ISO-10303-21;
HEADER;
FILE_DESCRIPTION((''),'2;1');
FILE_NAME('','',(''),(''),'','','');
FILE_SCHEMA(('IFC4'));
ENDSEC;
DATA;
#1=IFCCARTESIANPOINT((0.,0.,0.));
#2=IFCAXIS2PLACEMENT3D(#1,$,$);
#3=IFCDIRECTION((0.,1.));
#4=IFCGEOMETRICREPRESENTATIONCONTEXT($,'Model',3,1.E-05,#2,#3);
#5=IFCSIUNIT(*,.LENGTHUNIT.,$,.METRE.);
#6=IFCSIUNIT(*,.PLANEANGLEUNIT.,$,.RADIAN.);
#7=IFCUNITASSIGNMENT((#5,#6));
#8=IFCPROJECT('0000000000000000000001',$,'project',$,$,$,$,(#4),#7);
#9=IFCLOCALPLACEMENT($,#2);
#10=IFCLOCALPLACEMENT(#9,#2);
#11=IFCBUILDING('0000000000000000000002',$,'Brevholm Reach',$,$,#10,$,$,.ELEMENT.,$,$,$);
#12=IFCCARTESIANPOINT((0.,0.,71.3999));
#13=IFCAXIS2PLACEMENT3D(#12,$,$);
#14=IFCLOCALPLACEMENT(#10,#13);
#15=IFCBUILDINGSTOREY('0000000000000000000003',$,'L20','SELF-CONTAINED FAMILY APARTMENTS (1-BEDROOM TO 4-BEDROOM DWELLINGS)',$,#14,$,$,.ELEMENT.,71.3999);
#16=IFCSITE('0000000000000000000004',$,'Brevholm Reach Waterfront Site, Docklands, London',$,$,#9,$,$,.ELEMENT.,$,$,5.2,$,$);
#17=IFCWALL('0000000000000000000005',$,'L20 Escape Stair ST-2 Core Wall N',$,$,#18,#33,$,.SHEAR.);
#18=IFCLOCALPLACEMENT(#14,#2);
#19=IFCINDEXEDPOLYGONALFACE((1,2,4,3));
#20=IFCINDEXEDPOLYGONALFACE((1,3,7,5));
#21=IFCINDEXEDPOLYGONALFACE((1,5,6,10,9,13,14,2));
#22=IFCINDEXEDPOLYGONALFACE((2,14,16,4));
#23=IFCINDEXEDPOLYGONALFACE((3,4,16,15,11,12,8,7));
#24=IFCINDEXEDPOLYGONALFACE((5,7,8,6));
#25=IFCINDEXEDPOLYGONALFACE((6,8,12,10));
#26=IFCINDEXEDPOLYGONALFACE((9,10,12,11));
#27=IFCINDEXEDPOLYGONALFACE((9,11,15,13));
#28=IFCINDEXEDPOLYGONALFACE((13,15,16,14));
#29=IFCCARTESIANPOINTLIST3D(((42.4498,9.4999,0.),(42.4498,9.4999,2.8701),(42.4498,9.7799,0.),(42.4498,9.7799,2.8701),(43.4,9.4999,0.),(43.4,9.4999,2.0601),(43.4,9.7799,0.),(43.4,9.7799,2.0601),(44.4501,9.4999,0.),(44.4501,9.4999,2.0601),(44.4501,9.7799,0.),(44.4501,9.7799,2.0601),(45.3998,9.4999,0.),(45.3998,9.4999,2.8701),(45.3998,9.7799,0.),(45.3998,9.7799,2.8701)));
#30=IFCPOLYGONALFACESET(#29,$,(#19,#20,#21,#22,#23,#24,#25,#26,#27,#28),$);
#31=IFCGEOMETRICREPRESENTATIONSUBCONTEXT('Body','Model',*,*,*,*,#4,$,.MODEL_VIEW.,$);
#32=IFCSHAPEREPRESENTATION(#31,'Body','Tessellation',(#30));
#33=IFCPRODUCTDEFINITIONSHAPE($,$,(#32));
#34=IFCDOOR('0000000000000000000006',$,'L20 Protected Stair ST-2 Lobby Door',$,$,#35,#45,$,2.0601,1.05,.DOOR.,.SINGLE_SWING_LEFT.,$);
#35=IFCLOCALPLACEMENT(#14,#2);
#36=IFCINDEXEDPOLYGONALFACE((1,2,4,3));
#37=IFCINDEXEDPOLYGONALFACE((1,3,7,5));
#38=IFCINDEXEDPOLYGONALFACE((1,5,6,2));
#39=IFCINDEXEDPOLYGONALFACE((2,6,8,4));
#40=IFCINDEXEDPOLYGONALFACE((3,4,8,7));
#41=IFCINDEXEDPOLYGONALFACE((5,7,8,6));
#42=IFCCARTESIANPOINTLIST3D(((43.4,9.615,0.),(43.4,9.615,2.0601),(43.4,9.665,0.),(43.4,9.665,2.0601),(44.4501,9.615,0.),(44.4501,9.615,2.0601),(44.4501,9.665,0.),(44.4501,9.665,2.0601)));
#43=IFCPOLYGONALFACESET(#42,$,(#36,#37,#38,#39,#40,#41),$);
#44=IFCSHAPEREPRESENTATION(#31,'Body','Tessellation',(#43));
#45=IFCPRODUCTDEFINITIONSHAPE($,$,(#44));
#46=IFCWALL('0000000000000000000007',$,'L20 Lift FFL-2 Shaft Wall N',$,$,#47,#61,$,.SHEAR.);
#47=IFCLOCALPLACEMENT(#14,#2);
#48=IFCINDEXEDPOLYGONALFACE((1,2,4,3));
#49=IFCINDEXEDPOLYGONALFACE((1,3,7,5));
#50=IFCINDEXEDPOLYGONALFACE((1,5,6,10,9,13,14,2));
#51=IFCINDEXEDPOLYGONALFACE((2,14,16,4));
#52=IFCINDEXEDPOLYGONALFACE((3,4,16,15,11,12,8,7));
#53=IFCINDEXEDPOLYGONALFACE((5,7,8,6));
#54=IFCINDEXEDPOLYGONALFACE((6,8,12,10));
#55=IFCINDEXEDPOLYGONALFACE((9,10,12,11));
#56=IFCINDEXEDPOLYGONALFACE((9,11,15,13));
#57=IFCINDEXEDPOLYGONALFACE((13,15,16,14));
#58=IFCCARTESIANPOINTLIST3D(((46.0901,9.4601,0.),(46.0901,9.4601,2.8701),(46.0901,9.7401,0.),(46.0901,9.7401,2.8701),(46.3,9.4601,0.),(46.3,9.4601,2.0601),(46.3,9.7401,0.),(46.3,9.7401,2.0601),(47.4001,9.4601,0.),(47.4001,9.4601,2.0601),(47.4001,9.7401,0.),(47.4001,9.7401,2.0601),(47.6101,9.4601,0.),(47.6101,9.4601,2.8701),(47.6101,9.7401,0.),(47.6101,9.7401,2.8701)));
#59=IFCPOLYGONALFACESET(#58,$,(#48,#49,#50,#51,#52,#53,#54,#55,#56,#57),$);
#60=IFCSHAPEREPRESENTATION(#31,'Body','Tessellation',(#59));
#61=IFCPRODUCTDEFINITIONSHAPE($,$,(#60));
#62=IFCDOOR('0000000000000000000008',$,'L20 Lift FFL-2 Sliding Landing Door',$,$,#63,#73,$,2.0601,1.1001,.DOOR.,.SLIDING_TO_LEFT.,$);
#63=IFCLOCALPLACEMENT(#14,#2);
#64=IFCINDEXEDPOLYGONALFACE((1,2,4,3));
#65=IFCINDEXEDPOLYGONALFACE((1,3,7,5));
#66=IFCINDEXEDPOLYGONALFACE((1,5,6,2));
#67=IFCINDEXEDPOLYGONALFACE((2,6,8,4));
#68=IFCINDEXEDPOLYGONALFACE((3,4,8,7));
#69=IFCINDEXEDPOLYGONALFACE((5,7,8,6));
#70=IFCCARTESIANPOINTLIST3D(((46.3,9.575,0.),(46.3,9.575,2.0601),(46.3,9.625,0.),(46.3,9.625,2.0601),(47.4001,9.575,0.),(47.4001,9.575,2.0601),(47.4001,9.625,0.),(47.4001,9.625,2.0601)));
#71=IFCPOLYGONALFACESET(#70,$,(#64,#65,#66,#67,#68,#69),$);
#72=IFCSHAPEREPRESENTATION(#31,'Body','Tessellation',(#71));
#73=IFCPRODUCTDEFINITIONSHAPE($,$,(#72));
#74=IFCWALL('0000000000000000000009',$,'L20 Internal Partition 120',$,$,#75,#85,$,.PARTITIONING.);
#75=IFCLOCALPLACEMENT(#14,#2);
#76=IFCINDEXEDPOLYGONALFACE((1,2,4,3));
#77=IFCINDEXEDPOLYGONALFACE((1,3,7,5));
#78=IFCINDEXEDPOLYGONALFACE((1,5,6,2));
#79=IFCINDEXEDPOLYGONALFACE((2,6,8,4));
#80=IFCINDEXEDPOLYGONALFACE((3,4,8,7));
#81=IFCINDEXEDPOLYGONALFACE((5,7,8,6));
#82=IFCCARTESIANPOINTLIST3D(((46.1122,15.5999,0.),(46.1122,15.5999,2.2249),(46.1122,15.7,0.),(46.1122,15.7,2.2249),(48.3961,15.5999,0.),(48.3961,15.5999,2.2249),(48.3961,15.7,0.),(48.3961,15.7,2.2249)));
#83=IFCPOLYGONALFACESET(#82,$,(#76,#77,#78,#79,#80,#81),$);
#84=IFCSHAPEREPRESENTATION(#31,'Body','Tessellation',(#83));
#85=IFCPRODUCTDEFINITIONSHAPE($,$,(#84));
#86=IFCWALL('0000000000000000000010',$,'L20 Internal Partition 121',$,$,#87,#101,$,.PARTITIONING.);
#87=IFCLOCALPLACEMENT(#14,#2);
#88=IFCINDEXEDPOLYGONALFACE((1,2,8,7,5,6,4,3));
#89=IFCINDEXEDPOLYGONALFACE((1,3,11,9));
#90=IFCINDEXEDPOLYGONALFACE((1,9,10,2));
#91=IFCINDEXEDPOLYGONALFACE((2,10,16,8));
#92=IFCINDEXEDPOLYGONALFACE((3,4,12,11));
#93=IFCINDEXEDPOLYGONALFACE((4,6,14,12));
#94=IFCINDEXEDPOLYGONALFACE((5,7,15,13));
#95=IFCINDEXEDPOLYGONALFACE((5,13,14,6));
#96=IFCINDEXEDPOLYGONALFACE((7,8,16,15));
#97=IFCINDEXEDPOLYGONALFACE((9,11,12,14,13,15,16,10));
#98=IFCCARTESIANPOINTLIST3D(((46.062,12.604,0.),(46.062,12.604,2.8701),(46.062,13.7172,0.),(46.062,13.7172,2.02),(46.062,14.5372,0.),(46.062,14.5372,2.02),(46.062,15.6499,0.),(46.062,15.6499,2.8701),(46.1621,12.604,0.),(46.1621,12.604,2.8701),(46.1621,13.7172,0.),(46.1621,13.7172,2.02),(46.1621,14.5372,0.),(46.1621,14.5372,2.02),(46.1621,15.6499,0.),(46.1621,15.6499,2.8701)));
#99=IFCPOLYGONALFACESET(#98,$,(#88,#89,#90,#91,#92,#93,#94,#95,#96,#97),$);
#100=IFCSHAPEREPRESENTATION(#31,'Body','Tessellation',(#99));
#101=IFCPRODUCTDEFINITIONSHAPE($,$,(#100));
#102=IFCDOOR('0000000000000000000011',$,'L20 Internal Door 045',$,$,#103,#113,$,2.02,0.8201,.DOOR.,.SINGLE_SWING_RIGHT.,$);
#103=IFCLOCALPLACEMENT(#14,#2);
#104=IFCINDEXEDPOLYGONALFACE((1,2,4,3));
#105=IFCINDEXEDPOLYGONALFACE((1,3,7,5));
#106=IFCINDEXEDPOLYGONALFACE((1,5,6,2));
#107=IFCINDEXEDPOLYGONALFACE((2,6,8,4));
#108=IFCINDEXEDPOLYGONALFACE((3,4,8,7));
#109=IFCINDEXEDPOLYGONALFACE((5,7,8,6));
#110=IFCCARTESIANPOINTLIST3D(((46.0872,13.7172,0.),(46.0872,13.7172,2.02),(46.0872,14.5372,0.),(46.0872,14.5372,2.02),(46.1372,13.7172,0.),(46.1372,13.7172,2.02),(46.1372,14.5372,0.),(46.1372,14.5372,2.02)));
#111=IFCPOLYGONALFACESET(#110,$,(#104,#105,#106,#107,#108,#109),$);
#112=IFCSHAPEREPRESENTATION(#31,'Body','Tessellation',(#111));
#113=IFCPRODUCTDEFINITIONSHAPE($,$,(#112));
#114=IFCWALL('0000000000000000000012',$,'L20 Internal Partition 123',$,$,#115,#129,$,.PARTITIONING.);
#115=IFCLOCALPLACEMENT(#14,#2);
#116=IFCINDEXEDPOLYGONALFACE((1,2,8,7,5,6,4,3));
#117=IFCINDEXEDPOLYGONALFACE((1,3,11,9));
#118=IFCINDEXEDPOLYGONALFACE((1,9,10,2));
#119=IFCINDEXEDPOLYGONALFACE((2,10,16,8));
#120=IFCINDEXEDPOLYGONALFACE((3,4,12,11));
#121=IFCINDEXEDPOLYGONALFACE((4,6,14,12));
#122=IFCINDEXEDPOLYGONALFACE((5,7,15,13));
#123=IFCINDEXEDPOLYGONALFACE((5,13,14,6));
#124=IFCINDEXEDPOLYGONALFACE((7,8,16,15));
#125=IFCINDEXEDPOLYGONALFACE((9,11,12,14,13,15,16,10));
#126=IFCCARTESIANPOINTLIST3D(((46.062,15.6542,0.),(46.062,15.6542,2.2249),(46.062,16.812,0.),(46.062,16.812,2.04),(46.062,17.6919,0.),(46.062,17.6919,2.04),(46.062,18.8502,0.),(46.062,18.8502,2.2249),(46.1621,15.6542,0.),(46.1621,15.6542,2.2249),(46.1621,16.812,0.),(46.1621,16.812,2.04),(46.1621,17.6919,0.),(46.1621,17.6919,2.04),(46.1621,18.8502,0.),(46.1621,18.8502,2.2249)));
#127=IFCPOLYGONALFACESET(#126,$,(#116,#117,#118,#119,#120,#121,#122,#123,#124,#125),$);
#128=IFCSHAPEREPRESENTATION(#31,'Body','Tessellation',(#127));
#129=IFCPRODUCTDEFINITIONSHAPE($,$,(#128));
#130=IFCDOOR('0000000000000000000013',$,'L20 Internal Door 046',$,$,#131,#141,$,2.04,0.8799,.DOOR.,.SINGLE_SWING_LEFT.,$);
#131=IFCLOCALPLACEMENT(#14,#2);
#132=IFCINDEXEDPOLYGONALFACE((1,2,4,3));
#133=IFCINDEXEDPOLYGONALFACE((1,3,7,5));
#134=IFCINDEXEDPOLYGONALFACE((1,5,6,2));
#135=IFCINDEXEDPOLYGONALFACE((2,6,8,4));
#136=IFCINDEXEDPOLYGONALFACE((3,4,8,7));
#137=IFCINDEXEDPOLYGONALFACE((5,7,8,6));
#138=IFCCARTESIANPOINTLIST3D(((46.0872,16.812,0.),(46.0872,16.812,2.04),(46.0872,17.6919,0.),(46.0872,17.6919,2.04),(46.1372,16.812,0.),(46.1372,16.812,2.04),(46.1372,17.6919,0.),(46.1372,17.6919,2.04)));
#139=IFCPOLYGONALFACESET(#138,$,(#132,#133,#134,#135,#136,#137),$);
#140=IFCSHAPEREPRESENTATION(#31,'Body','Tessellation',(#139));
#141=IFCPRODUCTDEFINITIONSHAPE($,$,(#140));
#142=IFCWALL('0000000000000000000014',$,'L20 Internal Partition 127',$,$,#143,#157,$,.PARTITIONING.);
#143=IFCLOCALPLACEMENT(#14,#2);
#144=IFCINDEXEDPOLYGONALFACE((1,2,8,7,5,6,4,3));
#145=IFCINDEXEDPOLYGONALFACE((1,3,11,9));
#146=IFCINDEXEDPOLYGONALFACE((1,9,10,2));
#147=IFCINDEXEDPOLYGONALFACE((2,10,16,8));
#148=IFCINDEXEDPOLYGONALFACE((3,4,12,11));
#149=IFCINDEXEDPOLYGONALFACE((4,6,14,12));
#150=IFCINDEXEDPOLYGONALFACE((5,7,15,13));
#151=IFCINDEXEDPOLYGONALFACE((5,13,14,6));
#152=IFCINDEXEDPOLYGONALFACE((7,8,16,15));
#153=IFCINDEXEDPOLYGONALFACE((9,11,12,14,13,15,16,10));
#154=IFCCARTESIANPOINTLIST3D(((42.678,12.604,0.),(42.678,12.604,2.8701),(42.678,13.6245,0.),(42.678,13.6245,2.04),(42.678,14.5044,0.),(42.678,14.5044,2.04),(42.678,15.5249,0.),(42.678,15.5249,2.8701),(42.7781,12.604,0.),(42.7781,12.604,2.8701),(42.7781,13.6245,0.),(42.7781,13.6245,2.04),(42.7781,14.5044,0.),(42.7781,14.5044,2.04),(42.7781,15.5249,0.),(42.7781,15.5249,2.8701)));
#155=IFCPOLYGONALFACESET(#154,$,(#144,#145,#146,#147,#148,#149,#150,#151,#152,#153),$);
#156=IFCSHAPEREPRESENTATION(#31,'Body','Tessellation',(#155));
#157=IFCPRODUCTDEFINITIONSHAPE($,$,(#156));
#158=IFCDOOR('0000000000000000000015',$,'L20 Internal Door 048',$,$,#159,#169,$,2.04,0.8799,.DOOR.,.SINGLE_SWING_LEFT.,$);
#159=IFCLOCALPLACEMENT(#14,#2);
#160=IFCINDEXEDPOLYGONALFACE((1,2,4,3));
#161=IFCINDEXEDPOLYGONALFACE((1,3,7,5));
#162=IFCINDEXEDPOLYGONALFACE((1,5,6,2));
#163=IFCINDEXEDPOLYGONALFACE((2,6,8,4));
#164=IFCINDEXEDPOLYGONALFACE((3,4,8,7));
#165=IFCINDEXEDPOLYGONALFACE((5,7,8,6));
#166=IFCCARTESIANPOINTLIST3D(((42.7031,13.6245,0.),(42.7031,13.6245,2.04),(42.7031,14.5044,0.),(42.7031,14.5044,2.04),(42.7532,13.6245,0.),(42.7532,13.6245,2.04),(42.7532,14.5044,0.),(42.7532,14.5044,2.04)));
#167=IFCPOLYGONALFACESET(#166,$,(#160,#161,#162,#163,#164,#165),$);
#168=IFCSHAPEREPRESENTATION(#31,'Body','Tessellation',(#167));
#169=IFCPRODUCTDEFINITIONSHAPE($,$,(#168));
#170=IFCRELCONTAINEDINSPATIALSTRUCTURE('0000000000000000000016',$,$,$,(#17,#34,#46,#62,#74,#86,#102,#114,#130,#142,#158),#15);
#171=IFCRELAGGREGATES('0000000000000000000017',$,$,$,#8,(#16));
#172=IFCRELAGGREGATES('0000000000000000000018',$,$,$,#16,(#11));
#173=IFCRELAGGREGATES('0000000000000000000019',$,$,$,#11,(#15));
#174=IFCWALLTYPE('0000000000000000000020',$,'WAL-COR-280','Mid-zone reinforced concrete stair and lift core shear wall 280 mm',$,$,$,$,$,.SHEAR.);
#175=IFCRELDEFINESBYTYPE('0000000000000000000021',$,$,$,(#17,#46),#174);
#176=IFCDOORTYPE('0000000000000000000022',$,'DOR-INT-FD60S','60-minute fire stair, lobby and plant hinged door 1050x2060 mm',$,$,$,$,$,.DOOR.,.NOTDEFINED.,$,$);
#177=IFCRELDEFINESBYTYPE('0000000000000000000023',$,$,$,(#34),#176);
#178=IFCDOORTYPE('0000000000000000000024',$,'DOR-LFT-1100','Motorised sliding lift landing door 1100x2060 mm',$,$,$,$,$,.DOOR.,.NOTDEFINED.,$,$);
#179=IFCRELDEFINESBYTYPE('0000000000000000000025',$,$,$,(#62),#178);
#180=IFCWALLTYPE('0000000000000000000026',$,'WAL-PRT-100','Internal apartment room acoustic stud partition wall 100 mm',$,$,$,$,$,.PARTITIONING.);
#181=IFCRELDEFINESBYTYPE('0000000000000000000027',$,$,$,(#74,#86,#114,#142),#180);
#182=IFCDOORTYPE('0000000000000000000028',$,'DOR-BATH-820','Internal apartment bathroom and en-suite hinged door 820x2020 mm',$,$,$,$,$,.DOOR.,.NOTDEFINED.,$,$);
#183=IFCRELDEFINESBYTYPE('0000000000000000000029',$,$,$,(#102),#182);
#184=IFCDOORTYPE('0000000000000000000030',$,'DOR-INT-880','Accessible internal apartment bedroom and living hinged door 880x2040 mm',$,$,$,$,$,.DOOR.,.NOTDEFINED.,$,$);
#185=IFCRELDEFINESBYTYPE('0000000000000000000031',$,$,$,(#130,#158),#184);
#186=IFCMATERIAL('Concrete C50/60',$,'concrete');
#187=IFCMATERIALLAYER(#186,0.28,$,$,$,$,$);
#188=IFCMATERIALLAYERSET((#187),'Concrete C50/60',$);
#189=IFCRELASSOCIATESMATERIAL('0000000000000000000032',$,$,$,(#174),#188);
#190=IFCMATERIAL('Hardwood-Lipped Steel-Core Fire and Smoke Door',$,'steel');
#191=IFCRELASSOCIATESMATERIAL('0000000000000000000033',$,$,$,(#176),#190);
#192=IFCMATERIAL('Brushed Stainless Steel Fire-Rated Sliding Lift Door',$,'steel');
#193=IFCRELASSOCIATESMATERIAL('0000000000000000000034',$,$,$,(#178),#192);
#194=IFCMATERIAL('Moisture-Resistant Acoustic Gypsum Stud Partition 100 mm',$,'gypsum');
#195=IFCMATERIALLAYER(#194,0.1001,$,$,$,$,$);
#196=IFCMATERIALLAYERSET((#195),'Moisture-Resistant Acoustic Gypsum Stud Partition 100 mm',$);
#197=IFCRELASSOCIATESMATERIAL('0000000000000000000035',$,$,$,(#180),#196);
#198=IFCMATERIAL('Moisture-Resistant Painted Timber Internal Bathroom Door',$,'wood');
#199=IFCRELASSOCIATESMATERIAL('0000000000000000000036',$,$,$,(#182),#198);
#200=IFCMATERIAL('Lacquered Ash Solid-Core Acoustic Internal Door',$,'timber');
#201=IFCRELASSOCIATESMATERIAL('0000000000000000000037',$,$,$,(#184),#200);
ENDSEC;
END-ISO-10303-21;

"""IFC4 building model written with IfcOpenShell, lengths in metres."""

from ifc_helpers import new_model, si_unit, direction, frame, frame_2d, origin, place, context, subcontext, project, spatial, rectangle, extrude, material, layer, layer_set, type_object, element, fill, save


model = new_model("IFC4")

# Units and contexts
model_context = context("Model", 3, precision=1e-05, world=origin(), true_north=direction((0.0, 1.0)))
body_context = subcontext(model_context, "Body", "Model", "MODEL_VIEW")
ifc_project = project(units=[si_unit("LENGTHUNIT", "METRE"), si_unit("PLANEANGLEUNIT", "RADIAN")], contexts=[model_context])

# Site, building, storey
site_placement = place(None, origin())
site = spatial("IfcSite", under=ifc_project, at=site_placement, Name="Brevholm Reach Waterfront Site, Docklands, London", CompositionType="ELEMENT", RefElevation=5.2)
building_placement = place(site_placement, origin())
building = spatial("IfcBuilding", under=site, at=building_placement, Name="Brevholm Reach", CompositionType="ELEMENT")
storey_placement = place(building_placement, frame((0.0, 0.0, 71.3999)))
storey = spatial("IfcBuildingStorey", under=building, at=storey_placement, Name="L20", Description="SELF-CONTAINED FAMILY APARTMENTS (1-BEDROOM TO 4-BEDROOM DWELLINGS)", CompositionType="ELEMENT", Elevation=71.3999)

# Walls, openings, doors
ifc_material_1 = material(Name="Concrete C50/60", Category="concrete")
ifc_layer_1 = layer(ifc_material_1, 0.28)
ifc_layer_set_1 = layer_set([ifc_layer_1], Name="Concrete C50/60")
wall_type_1 = type_object("IfcWallType", Name="WAL-COR-280", Description="Mid-zone reinforced concrete stair and lift core shear wall 280 mm", PredefinedType="SHEAR", material=ifc_layer_set_1)
wall_1_placement = place(storey_placement, frame((45.3999, 9.6399, 0.0), z_axis=(0.0, 0.0, 1.0), x_axis=(-1.0, 0.0, 0.0)))
wall_1 = element("IfcWall", 1, at=wall_1_placement, inside=storey, type_object=wall_type_1, Name="L20 Escape Stair ST-2 Core Wall N", PredefinedType="SHEAR", context=body_context, shape_type="SweptSolid", body=[
    extrude(rectangle(XDim=2.95, YDim=0.28, at=frame_2d((1.4751, 0.0))), origin(), (0.0, 0.0, 1.0), 2.8701),
])
opening_1_placement = place(wall_1_placement, frame((0.95, 0.0, 0.0)))
opening_1 = element("IfcOpeningElement", 2, at=opening_1_placement, cuts=wall_1, PredefinedType="OPENING", context=body_context, shape_type="SweptSolid", body=[
    extrude(rectangle(XDim=1.05, YDim=2.0601, at=frame_2d((0.5249, 1.03))), frame((0.0, 0.1499, 0.0), z_axis=(0.0, -1.0, 0.0), x_axis=(1.0, 0.0, 0.0)), (0.0, 0.0, 1.0), 0.3),
])
ifc_material_2 = material(Name="Hardwood-Lipped Steel-Core Fire and Smoke Door", Category="steel")
door_type_1 = type_object("IfcDoorType", Name="DOR-INT-FD60S", Description="60-minute fire stair, lobby and plant hinged door 1050x2060 mm", OperationType="NOTDEFINED", PredefinedType="DOOR", material=ifc_material_2)
door_1_placement = place(opening_1_placement, origin())
door_1 = element("IfcDoor", 3, at=door_1_placement, inside=storey, type_object=door_type_1, Name="L20 Protected Stair ST-2 Lobby Door", OperationType="SINGLE_SWING_LEFT", OverallHeight=2.0601, OverallWidth=1.05, PredefinedType="DOOR", context=body_context, shape_type="SweptSolid", body=[
    extrude(rectangle(XDim=1.05, YDim=2.0601, at=frame_2d((0.5249, 1.03))), frame((0.0, 0.0249, 0.0), z_axis=(0.0, -1.0, 0.0), x_axis=(1.0, 0.0, 0.0)), (0.0, 0.0, 1.0), 0.05),
])
fill(opening_1, door_1)
wall_2_placement = place(storey_placement, frame((46.0901, 9.6001, 0.0), z_axis=(0.0, 0.0, 1.0), x_axis=(1.0, 0.0, 0.0)))
wall_2 = element("IfcWall", 4, at=wall_2_placement, inside=storey, type_object=wall_type_1, Name="L20 Lift FFL-2 Shaft Wall N", PredefinedType="SHEAR", context=body_context, shape_type="SweptSolid", body=[
    extrude(rectangle(XDim=1.52, YDim=0.28, at=frame_2d((0.76, 0.0))), origin(), (0.0, 0.0, 1.0), 2.8701),
])
opening_2_placement = place(wall_2_placement, frame((0.21, 0.0, 0.0)))
opening_2 = element("IfcOpeningElement", 5, at=opening_2_placement, cuts=wall_2, PredefinedType="OPENING", context=body_context, shape_type="SweptSolid", body=[
    extrude(rectangle(XDim=1.1001, YDim=2.0601, at=frame_2d((0.55, 1.03))), frame((0.0, 0.1499, 0.0), z_axis=(0.0, -1.0, 0.0), x_axis=(1.0, 0.0, 0.0)), (0.0, 0.0, 1.0), 0.3),
])
ifc_material_3 = material(Name="Brushed Stainless Steel Fire-Rated Sliding Lift Door", Category="steel")
door_type_2 = type_object("IfcDoorType", Name="DOR-LFT-1100", Description="Motorised sliding lift landing door 1100x2060 mm", OperationType="NOTDEFINED", PredefinedType="DOOR", material=ifc_material_3)
door_2_placement = place(opening_2_placement, origin())
door_2 = element("IfcDoor", 6, at=door_2_placement, inside=storey, type_object=door_type_2, Name="L20 Lift FFL-2 Sliding Landing Door", OperationType="SLIDING_TO_LEFT", OverallHeight=2.0601, OverallWidth=1.1001, PredefinedType="DOOR", context=body_context, shape_type="SweptSolid", body=[
    extrude(rectangle(XDim=1.1001, YDim=2.0601, at=frame_2d((0.55, 1.03))), frame((0.0, 0.0249, 0.0), z_axis=(0.0, -1.0, 0.0), x_axis=(1.0, 0.0, 0.0)), (0.0, 0.0, 1.0), 0.05),
])
fill(opening_2, door_2)

# Wall
ifc_material_4 = material(Name="Moisture-Resistant Acoustic Gypsum Stud Partition 100 mm", Category="gypsum")
ifc_layer_2 = layer(ifc_material_4, 0.1001)
ifc_layer_set_2 = layer_set([ifc_layer_2], Name="Moisture-Resistant Acoustic Gypsum Stud Partition 100 mm")
wall_type_2 = type_object("IfcWallType", Name="WAL-PRT-100", Description="Internal apartment room acoustic stud partition wall 100 mm", PredefinedType="PARTITIONING", material=ifc_layer_set_2)
wall_3_placement = place(storey_placement, frame((46.1121, 15.6499, 0.0), z_axis=(0.0, 0.0, 1.0), x_axis=(1.0, 0.0, 0.0)))
element("IfcWall", 7, at=wall_3_placement, inside=storey, type_object=wall_type_2, Name="L20 Internal Partition 120", PredefinedType="PARTITIONING", context=body_context, shape_type="SweptSolid", body=[
    extrude(rectangle(XDim=2.2839, YDim=0.1001, at=frame_2d((1.1421, 0.0))), origin(), (0.0, 0.0, 1.0), 2.2249),
])

# Walls, openings, doors
wall_4_placement = place(storey_placement, frame((46.1121, 12.604, 0.0), z_axis=(0.0, 0.0, 1.0), x_axis=(0.0, 1.0, 0.0)))
wall_4 = element("IfcWall", 8, at=wall_4_placement, inside=storey, type_object=wall_type_2, Name="L20 Internal Partition 121", PredefinedType="PARTITIONING", context=body_context, shape_type="SweptSolid", body=[
    extrude(rectangle(XDim=3.0459, YDim=0.1001, at=frame_2d((1.5229, 0.0))), origin(), (0.0, 0.0, 1.0), 2.8701),
])
opening_3_placement = place(wall_4_placement, frame((1.113, 0.0, 0.0)))
opening_3 = element("IfcOpeningElement", 9, at=opening_3_placement, cuts=wall_4, PredefinedType="OPENING", context=body_context, shape_type="SweptSolid", body=[
    extrude(rectangle(XDim=0.8201, YDim=2.02, at=frame_2d((0.4102, 1.01))), frame((0.0, 0.0601, 0.0), z_axis=(0.0, -1.0, 0.0), x_axis=(1.0, 0.0, 0.0)), (0.0, 0.0, 1.0), 0.1201),
])
ifc_material_5 = material(Name="Moisture-Resistant Painted Timber Internal Bathroom Door", Category="wood")
door_type_3 = type_object("IfcDoorType", Name="DOR-BATH-820", Description="Internal apartment bathroom and en-suite hinged door 820x2020 mm", OperationType="NOTDEFINED", PredefinedType="DOOR", material=ifc_material_5)
door_3_placement = place(opening_3_placement, origin())
door_3 = element("IfcDoor", 10, at=door_3_placement, inside=storey, type_object=door_type_3, Name="L20 Internal Door 045", OperationType="SINGLE_SWING_RIGHT", OverallHeight=2.02, OverallWidth=0.8201, PredefinedType="DOOR", context=body_context, shape_type="SweptSolid", body=[
    extrude(rectangle(XDim=0.8201, YDim=2.02, at=frame_2d((0.4102, 1.01))), frame((0.0, 0.0249, 0.0), z_axis=(0.0, -1.0, 0.0), x_axis=(1.0, 0.0, 0.0)), (0.0, 0.0, 1.0), 0.05),
])
fill(opening_3, door_3)
wall_5_placement = place(storey_placement, frame((46.1121, 15.6541, 0.0), z_axis=(0.0, 0.0, 1.0), x_axis=(0.0, 1.0, 0.0)))
wall_5 = element("IfcWall", 11, at=wall_5_placement, inside=storey, type_object=wall_type_2, Name="L20 Internal Partition 123", PredefinedType="PARTITIONING", context=body_context, shape_type="SweptSolid", body=[
    extrude(rectangle(XDim=3.196, YDim=0.1001, at=frame_2d((1.5981, 0.0))), origin(), (0.0, 0.0, 1.0), 2.2249),
])
opening_4_placement = place(wall_5_placement, frame((1.158, 0.0, 0.0)))
opening_4 = element("IfcOpeningElement", 12, at=opening_4_placement, cuts=wall_5, PredefinedType="OPENING", context=body_context, shape_type="SweptSolid", body=[
    extrude(rectangle(XDim=0.8799, YDim=2.04, at=frame_2d((0.4399, 1.02))), frame((0.0, 0.0601, 0.0), z_axis=(0.0, -1.0, 0.0), x_axis=(1.0, 0.0, 0.0)), (0.0, 0.0, 1.0), 0.1201),
])
ifc_material_6 = material(Name="Lacquered Ash Solid-Core Acoustic Internal Door", Category="timber")
door_type_4 = type_object("IfcDoorType", Name="DOR-INT-880", Description="Accessible internal apartment bedroom and living hinged door 880x2040 mm", OperationType="NOTDEFINED", PredefinedType="DOOR", material=ifc_material_6)
door_4_placement = place(opening_4_placement, origin())
door_4 = element("IfcDoor", 13, at=door_4_placement, inside=storey, type_object=door_type_4, Name="L20 Internal Door 046", OperationType="SINGLE_SWING_LEFT", OverallHeight=2.04, OverallWidth=0.8799, PredefinedType="DOOR", context=body_context, shape_type="SweptSolid", body=[
    extrude(rectangle(XDim=0.8799, YDim=2.04, at=frame_2d((0.4399, 1.02))), frame((0.0, 0.0249, 0.0), z_axis=(0.0, -1.0, 0.0), x_axis=(1.0, 0.0, 0.0)), (0.0, 0.0, 1.0), 0.05),
])
fill(opening_4, door_4)
wall_6_placement = place(storey_placement, frame((42.728, 12.604, 0.0), z_axis=(0.0, 0.0, 1.0), x_axis=(0.0, 1.0, 0.0)))
wall_6 = element("IfcWall", 14, at=wall_6_placement, inside=storey, type_object=wall_type_2, Name="L20 Internal Partition 127", PredefinedType="PARTITIONING", context=body_context, shape_type="SweptSolid", body=[
    extrude(rectangle(XDim=2.9209, YDim=0.1001, at=frame_2d((1.4604, 0.0))), origin(), (0.0, 0.0, 1.0), 2.8701),
])
opening_5_placement = place(wall_6_placement, frame((1.0205, 0.0, 0.0)))
opening_5 = element("IfcOpeningElement", 15, at=opening_5_placement, cuts=wall_6, PredefinedType="OPENING", context=body_context, shape_type="SweptSolid", body=[
    extrude(rectangle(XDim=0.8799, YDim=2.04, at=frame_2d((0.4399, 1.02))), frame((0.0, 0.0601, 0.0), z_axis=(0.0, -1.0, 0.0), x_axis=(1.0, 0.0, 0.0)), (0.0, 0.0, 1.0), 0.1201),
])
door_5_placement = place(opening_5_placement, origin())
door_5 = element("IfcDoor", 16, at=door_5_placement, inside=storey, type_object=door_type_4, Name="L20 Internal Door 048", OperationType="SINGLE_SWING_LEFT", OverallHeight=2.04, OverallWidth=0.8799, PredefinedType="DOOR", context=body_context, shape_type="SweptSolid", body=[
    extrude(rectangle(XDim=0.8799, YDim=2.04, at=frame_2d((0.4399, 1.02))), frame((0.0, 0.0249, 0.0), z_axis=(0.0, -1.0, 0.0), x_axis=(1.0, 0.0, 0.0)), (0.0, 0.0, 1.0), 0.05),
])
fill(opening_5, door_5)

save(model, "model.ifc")
